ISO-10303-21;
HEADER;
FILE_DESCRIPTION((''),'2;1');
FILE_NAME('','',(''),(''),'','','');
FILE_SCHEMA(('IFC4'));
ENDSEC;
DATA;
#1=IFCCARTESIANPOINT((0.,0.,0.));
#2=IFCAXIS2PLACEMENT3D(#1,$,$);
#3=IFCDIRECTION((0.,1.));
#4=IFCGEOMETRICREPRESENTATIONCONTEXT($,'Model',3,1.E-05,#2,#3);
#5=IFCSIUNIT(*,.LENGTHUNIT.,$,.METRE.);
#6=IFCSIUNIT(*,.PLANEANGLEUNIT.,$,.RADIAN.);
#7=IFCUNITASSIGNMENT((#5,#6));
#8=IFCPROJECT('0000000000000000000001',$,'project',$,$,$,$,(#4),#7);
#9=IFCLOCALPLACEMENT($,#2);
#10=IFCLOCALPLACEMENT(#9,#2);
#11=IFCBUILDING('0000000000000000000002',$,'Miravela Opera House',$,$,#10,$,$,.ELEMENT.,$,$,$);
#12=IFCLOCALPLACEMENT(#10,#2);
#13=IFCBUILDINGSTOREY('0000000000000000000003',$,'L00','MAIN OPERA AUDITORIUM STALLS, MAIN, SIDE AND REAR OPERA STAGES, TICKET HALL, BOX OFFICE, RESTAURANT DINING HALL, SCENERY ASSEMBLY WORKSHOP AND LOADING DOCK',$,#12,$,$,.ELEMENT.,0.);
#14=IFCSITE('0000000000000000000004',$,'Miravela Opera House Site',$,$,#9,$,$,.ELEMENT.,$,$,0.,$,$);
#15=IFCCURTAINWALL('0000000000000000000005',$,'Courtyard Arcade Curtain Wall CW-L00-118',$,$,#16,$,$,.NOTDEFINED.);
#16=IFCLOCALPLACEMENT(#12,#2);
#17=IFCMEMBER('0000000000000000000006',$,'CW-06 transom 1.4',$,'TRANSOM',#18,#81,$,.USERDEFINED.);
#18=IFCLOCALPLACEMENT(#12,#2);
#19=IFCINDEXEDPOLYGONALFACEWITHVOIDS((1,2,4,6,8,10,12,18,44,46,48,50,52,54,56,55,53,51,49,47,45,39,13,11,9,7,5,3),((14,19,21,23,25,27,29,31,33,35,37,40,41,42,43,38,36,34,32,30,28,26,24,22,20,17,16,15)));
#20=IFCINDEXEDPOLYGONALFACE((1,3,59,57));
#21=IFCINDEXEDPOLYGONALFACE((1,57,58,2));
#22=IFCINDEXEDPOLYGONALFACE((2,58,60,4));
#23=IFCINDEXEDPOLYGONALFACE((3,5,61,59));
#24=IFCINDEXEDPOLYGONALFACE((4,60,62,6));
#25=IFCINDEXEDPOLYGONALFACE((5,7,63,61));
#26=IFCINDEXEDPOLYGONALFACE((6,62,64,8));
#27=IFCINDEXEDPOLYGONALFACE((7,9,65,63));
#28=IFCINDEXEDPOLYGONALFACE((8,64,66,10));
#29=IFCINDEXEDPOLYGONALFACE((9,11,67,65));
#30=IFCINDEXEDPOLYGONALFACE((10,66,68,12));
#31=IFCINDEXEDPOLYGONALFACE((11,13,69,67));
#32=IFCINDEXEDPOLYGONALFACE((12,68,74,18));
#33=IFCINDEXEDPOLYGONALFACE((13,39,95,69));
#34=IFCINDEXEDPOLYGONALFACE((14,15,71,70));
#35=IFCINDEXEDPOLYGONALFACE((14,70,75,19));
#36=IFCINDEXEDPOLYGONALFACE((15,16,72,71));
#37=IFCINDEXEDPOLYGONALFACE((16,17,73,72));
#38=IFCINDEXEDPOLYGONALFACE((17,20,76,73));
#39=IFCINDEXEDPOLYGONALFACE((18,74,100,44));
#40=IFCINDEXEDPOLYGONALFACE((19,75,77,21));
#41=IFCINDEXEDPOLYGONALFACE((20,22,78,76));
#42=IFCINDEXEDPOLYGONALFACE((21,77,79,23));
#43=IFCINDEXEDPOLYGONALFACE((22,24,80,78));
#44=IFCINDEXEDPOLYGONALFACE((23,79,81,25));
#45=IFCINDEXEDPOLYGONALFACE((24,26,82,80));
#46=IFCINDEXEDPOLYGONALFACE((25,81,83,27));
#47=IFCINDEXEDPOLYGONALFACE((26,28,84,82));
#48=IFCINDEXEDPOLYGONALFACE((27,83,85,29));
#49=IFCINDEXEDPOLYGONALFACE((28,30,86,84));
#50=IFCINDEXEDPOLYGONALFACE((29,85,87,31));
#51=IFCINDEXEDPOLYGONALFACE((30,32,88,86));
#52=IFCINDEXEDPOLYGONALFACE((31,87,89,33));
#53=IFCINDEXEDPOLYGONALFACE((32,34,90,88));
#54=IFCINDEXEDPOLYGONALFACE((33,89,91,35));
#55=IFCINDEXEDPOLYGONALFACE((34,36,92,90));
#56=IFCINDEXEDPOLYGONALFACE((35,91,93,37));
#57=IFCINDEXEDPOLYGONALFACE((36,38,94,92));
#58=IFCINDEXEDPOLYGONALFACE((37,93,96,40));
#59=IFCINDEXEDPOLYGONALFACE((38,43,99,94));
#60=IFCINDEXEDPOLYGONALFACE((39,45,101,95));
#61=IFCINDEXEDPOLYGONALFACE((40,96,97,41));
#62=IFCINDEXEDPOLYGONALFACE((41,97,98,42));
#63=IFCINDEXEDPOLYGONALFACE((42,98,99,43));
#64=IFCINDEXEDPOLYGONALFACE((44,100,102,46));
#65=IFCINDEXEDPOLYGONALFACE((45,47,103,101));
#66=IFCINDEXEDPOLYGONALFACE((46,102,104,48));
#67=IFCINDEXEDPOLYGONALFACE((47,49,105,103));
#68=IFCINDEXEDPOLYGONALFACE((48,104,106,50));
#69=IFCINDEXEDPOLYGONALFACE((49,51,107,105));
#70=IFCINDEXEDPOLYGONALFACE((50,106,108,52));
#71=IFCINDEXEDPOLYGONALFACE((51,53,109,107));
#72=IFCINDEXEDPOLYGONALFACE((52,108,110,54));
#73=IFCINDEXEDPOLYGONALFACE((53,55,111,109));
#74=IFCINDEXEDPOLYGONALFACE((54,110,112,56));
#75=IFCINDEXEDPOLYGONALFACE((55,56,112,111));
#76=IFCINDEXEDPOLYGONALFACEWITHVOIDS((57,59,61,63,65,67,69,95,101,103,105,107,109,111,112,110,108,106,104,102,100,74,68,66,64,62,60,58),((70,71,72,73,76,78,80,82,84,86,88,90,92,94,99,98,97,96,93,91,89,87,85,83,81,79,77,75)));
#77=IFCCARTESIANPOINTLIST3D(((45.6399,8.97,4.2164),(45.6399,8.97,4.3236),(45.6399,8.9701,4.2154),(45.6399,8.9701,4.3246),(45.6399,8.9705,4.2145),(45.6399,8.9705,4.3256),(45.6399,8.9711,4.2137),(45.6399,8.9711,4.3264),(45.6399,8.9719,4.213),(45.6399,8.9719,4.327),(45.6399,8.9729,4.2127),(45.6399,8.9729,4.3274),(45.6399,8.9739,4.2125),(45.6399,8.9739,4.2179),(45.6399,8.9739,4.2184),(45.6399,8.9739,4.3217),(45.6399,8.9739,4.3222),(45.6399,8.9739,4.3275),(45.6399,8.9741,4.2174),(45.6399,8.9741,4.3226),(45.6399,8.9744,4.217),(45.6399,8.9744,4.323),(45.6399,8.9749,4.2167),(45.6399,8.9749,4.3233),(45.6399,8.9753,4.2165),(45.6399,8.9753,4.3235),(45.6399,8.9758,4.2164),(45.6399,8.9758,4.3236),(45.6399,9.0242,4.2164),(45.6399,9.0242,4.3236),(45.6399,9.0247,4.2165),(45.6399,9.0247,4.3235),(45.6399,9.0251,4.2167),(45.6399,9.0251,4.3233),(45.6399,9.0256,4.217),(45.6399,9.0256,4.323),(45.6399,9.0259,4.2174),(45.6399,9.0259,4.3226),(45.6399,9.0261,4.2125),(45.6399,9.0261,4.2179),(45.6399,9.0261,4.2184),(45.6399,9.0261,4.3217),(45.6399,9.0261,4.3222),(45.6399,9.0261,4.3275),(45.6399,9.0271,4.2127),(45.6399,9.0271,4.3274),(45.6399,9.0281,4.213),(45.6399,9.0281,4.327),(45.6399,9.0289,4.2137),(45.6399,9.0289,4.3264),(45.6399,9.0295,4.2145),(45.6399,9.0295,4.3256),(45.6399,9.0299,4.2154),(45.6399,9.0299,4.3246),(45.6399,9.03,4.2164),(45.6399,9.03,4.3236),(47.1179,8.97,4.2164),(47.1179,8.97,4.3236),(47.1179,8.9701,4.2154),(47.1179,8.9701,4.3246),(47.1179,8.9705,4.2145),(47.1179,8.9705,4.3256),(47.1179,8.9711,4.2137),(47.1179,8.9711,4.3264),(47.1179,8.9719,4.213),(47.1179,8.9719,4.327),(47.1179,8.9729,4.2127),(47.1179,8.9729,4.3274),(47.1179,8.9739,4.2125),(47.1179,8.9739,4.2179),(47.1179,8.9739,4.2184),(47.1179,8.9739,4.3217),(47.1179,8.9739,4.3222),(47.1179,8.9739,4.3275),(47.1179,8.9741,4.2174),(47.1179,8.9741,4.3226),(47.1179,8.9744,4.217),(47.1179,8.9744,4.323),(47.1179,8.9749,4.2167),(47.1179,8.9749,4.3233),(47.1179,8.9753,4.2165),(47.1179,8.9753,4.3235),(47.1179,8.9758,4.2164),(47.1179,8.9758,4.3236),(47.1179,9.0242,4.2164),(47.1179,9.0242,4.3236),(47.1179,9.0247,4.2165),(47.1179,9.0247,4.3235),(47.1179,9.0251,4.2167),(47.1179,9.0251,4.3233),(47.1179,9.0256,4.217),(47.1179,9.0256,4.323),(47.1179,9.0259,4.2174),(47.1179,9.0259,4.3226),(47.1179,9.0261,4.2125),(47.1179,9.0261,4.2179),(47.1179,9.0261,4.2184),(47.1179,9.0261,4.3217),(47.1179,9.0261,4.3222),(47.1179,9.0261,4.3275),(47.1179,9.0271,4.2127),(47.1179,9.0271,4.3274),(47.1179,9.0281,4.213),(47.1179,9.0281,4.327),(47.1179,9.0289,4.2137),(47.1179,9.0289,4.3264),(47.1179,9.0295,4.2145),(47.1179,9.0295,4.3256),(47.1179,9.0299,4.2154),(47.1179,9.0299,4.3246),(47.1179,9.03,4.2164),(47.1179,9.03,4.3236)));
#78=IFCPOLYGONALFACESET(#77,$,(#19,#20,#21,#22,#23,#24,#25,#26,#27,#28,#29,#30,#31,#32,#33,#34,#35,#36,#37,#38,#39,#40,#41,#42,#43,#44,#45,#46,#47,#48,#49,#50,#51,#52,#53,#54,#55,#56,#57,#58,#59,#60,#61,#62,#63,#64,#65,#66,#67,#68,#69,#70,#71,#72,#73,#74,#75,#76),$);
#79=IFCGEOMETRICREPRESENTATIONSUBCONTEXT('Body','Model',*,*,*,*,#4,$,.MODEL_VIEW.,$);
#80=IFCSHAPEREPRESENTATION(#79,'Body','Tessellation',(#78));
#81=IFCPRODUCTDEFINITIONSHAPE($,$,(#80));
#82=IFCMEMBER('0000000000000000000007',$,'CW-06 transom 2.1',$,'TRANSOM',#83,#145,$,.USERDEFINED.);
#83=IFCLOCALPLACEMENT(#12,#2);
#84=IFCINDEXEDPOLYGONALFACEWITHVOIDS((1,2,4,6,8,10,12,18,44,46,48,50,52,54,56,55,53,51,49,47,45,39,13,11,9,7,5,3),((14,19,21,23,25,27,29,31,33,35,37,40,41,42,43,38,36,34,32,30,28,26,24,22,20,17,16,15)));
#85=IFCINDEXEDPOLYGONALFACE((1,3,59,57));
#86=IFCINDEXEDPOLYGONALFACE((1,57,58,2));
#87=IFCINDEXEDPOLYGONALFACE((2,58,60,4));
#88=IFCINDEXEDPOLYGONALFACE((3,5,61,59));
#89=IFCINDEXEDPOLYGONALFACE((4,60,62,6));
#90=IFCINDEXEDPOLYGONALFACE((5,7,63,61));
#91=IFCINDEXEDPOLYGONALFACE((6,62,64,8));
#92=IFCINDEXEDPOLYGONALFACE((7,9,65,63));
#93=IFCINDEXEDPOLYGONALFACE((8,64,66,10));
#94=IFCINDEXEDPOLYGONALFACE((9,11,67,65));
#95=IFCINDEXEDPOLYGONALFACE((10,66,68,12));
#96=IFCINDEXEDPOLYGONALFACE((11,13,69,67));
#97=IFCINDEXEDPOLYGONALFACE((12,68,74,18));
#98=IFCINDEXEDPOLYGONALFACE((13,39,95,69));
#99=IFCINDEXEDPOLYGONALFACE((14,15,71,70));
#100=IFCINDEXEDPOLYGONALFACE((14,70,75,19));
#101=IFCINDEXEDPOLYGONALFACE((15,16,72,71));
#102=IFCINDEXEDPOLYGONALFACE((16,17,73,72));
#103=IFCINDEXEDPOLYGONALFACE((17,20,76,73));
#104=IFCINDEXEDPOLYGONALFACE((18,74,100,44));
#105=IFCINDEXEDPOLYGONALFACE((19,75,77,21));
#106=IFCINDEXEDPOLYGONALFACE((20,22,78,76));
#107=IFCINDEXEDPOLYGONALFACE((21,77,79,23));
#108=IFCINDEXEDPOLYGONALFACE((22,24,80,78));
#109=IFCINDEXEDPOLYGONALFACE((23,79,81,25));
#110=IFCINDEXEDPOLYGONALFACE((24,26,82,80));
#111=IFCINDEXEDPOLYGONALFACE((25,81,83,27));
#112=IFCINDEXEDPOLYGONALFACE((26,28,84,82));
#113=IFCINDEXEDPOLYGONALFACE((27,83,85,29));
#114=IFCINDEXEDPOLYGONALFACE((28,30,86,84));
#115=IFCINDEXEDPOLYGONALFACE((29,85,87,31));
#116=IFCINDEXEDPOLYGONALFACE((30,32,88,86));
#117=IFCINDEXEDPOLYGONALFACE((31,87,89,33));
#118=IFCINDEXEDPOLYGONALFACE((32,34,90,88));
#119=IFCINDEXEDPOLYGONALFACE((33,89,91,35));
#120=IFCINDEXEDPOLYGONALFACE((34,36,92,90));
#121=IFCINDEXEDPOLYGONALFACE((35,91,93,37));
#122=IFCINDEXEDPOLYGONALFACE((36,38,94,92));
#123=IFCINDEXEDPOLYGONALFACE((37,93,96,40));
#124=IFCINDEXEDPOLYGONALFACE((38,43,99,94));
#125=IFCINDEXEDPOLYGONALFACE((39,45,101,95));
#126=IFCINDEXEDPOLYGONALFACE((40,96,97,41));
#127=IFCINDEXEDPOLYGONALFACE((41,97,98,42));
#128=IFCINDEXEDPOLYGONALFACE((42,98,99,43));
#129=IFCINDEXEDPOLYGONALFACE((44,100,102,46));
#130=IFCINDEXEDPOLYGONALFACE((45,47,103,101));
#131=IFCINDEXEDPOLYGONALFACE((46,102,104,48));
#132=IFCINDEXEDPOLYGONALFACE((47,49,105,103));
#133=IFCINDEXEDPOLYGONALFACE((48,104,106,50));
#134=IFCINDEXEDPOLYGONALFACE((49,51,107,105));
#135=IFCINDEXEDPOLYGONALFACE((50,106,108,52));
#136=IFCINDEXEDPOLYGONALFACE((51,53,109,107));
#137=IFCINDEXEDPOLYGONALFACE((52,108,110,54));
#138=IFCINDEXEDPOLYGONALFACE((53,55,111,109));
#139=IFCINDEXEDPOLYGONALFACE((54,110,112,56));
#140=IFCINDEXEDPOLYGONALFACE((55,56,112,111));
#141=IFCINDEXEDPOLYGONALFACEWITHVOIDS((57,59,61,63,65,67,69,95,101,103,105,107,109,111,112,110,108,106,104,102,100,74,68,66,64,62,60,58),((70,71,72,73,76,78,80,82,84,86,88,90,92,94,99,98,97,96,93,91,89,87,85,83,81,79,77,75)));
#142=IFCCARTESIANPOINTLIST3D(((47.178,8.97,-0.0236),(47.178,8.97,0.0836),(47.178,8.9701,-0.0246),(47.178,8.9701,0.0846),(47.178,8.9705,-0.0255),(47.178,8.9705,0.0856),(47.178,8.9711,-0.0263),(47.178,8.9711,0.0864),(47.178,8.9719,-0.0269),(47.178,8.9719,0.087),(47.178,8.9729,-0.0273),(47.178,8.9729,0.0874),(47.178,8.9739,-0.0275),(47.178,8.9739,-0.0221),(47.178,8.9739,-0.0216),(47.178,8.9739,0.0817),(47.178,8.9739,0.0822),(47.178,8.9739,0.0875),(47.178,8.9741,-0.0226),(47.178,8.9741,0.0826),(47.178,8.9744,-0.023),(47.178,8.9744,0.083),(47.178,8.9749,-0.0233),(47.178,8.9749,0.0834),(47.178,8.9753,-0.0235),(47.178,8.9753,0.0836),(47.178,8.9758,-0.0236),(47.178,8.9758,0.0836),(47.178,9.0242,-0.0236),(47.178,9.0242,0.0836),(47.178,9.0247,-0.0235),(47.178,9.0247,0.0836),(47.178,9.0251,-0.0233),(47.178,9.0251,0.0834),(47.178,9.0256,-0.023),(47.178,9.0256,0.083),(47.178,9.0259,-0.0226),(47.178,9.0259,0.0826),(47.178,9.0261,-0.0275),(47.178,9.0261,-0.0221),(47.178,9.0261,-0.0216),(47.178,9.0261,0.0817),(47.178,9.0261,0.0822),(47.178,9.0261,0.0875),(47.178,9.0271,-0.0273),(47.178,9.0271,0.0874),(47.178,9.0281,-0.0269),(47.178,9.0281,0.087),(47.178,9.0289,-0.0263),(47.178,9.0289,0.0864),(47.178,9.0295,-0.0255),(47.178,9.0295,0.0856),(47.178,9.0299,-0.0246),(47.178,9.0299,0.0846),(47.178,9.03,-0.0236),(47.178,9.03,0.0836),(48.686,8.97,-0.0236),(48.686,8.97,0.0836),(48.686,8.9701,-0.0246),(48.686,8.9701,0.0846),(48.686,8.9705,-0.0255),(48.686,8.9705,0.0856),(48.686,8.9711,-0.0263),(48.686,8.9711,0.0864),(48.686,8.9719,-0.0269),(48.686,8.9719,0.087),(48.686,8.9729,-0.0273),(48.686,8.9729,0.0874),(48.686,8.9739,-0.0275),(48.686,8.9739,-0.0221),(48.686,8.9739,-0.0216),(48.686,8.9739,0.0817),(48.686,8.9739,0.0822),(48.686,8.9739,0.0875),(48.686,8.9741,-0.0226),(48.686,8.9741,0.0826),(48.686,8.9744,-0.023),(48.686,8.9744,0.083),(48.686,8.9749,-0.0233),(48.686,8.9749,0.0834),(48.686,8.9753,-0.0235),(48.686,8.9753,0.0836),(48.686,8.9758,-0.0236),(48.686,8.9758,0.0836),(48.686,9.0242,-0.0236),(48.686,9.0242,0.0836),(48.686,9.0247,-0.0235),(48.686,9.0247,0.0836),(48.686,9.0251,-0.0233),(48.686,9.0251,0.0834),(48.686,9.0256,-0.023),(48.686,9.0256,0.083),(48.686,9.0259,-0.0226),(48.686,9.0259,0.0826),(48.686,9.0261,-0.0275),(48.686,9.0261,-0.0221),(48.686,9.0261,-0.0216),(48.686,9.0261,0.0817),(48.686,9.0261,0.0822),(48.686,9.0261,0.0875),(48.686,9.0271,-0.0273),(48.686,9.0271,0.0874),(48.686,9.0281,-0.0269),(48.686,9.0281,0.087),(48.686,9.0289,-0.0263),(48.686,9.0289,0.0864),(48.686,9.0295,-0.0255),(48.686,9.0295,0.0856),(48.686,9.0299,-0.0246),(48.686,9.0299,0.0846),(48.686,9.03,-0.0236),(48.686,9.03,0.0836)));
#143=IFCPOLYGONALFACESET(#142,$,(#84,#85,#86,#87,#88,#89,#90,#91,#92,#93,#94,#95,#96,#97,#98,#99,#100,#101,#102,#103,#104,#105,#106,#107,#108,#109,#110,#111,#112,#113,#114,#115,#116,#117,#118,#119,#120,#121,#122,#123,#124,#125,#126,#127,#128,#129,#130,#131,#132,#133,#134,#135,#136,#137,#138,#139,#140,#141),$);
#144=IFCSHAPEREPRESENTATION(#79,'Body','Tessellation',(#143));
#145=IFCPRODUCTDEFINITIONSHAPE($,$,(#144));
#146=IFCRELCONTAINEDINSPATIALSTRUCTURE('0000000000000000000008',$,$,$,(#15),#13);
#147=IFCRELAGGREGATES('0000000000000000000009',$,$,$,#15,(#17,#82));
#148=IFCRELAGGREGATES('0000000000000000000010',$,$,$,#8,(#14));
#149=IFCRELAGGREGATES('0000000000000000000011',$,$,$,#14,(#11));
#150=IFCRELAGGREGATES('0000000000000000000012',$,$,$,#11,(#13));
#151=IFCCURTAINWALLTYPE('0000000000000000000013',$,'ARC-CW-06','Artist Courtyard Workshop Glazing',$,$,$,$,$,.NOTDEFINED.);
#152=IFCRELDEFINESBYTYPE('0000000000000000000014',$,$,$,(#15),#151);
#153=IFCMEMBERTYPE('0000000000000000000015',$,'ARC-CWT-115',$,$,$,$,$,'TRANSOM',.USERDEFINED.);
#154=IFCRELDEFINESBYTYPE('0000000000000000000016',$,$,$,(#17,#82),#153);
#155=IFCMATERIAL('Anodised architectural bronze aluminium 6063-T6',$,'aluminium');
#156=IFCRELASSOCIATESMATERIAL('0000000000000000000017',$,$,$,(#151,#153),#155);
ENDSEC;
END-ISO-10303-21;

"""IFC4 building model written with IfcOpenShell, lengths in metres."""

from ifc_helpers import new_model, si_unit, direction, frame, origin, origin_2d, place, context, subcontext, project, spatial, hollow_rectangle, extrude, material, material_profile, profile_set, type_object, element, aggregate, save


model = new_model("IFC4")

# Units and contexts
model_context = context("Model", 3, precision=1e-05, world=origin(), true_north=direction((0.0, 1.0)))
body_context = subcontext(model_context, "Body", "Model", "MODEL_VIEW")
ifc_project = project(units=[si_unit("LENGTHUNIT", "METRE"), si_unit("PLANEANGLEUNIT", "RADIAN")], contexts=[model_context])

# Site, building, storey
site_placement = place(None, origin())
site = spatial("IfcSite", under=ifc_project, at=site_placement, Name="Miravela Opera House Site", CompositionType="ELEMENT", RefElevation=0.0)
building_placement = place(site_placement, origin())
building = spatial("IfcBuilding", under=site, at=building_placement, Name="Miravela Opera House", CompositionType="ELEMENT")
storey_placement = place(building_placement, origin())
storey = spatial("IfcBuildingStorey", under=building, at=storey_placement, Name="L00", Description="MAIN OPERA AUDITORIUM STALLS, MAIN, SIDE AND REAR OPERA STAGES, TICKET HALL, BOX OFFICE, RESTAURANT DINING HALL, SCENERY ASSEMBLY WORKSHOP AND LOADING DOCK", CompositionType="ELEMENT", Elevation=0.0)

# Curtain wall, members
ifc_material_1 = material(Name="Anodised architectural bronze aluminium 6063-T6", Category="aluminium")
curtain_wall_type = type_object("IfcCurtainWallType", Name="ARC-CW-06", Description="Artist Courtyard Workshop Glazing", PredefinedType="NOTDEFINED", material=ifc_material_1)
curtain_wall_placement = place(storey_placement, origin())
curtain_wall = element("IfcCurtainWall", 1, at=curtain_wall_placement, inside=storey, type_object=curtain_wall_type, Name="Courtyard Arcade Curtain Wall CW-L00-118", PredefinedType="NOTDEFINED")
ifc_material_profile_1 = material_profile(ifc_material_1, hollow_rectangle(XDim=0.0601, YDim=0.115, WallThickness=0.0039, InnerFilletRadius=0.002, OuterFilletRadius=0.0039, at=origin_2d()), Name="CWT-60X115")
ifc_profile_set_1 = profile_set([ifc_material_profile_1])
member_type_1 = type_object("IfcMemberType", Name="ARC-CWT-115", ElementType="TRANSOM", PredefinedType="USERDEFINED", material=ifc_profile_set_1)
member_1_placement = place(storey_placement, frame((45.6399, 9.0, 4.27), z_axis=(1.0, 0.0, 0.0), x_axis=(0.0, 1.0, 0.0)))
member_1 = element("IfcMember", 2, at=member_1_placement, type_object=member_type_1, Name="CW-06 transom 1.4", ObjectType="TRANSOM", PredefinedType="USERDEFINED", context=body_context, shape_type="SweptSolid", body=[
    extrude(hollow_rectangle(XDim=0.0601, YDim=0.115, WallThickness=0.0039, InnerFilletRadius=0.002, OuterFilletRadius=0.0039, at=origin_2d()), origin(), (0.0, 0.0, 1.0), 1.478),
])
member_2_placement = place(storey_placement, frame((47.178, 9.0, 0.03), z_axis=(1.0, 0.0, 0.0), x_axis=(0.0, 1.0, 0.0)))
member_2 = element("IfcMember", 3, at=member_2_placement, type_object=member_type_1, Name="CW-06 transom 2.1", ObjectType="TRANSOM", PredefinedType="USERDEFINED", context=body_context, shape_type="SweptSolid", body=[
    extrude(hollow_rectangle(XDim=0.0601, YDim=0.115, WallThickness=0.0039, InnerFilletRadius=0.002, OuterFilletRadius=0.0039, at=origin_2d()), origin(), (0.0, 0.0, 1.0), 1.5081),
])

aggregate(curtain_wall, [member_1, member_2])

save(model, "model.ifc")
